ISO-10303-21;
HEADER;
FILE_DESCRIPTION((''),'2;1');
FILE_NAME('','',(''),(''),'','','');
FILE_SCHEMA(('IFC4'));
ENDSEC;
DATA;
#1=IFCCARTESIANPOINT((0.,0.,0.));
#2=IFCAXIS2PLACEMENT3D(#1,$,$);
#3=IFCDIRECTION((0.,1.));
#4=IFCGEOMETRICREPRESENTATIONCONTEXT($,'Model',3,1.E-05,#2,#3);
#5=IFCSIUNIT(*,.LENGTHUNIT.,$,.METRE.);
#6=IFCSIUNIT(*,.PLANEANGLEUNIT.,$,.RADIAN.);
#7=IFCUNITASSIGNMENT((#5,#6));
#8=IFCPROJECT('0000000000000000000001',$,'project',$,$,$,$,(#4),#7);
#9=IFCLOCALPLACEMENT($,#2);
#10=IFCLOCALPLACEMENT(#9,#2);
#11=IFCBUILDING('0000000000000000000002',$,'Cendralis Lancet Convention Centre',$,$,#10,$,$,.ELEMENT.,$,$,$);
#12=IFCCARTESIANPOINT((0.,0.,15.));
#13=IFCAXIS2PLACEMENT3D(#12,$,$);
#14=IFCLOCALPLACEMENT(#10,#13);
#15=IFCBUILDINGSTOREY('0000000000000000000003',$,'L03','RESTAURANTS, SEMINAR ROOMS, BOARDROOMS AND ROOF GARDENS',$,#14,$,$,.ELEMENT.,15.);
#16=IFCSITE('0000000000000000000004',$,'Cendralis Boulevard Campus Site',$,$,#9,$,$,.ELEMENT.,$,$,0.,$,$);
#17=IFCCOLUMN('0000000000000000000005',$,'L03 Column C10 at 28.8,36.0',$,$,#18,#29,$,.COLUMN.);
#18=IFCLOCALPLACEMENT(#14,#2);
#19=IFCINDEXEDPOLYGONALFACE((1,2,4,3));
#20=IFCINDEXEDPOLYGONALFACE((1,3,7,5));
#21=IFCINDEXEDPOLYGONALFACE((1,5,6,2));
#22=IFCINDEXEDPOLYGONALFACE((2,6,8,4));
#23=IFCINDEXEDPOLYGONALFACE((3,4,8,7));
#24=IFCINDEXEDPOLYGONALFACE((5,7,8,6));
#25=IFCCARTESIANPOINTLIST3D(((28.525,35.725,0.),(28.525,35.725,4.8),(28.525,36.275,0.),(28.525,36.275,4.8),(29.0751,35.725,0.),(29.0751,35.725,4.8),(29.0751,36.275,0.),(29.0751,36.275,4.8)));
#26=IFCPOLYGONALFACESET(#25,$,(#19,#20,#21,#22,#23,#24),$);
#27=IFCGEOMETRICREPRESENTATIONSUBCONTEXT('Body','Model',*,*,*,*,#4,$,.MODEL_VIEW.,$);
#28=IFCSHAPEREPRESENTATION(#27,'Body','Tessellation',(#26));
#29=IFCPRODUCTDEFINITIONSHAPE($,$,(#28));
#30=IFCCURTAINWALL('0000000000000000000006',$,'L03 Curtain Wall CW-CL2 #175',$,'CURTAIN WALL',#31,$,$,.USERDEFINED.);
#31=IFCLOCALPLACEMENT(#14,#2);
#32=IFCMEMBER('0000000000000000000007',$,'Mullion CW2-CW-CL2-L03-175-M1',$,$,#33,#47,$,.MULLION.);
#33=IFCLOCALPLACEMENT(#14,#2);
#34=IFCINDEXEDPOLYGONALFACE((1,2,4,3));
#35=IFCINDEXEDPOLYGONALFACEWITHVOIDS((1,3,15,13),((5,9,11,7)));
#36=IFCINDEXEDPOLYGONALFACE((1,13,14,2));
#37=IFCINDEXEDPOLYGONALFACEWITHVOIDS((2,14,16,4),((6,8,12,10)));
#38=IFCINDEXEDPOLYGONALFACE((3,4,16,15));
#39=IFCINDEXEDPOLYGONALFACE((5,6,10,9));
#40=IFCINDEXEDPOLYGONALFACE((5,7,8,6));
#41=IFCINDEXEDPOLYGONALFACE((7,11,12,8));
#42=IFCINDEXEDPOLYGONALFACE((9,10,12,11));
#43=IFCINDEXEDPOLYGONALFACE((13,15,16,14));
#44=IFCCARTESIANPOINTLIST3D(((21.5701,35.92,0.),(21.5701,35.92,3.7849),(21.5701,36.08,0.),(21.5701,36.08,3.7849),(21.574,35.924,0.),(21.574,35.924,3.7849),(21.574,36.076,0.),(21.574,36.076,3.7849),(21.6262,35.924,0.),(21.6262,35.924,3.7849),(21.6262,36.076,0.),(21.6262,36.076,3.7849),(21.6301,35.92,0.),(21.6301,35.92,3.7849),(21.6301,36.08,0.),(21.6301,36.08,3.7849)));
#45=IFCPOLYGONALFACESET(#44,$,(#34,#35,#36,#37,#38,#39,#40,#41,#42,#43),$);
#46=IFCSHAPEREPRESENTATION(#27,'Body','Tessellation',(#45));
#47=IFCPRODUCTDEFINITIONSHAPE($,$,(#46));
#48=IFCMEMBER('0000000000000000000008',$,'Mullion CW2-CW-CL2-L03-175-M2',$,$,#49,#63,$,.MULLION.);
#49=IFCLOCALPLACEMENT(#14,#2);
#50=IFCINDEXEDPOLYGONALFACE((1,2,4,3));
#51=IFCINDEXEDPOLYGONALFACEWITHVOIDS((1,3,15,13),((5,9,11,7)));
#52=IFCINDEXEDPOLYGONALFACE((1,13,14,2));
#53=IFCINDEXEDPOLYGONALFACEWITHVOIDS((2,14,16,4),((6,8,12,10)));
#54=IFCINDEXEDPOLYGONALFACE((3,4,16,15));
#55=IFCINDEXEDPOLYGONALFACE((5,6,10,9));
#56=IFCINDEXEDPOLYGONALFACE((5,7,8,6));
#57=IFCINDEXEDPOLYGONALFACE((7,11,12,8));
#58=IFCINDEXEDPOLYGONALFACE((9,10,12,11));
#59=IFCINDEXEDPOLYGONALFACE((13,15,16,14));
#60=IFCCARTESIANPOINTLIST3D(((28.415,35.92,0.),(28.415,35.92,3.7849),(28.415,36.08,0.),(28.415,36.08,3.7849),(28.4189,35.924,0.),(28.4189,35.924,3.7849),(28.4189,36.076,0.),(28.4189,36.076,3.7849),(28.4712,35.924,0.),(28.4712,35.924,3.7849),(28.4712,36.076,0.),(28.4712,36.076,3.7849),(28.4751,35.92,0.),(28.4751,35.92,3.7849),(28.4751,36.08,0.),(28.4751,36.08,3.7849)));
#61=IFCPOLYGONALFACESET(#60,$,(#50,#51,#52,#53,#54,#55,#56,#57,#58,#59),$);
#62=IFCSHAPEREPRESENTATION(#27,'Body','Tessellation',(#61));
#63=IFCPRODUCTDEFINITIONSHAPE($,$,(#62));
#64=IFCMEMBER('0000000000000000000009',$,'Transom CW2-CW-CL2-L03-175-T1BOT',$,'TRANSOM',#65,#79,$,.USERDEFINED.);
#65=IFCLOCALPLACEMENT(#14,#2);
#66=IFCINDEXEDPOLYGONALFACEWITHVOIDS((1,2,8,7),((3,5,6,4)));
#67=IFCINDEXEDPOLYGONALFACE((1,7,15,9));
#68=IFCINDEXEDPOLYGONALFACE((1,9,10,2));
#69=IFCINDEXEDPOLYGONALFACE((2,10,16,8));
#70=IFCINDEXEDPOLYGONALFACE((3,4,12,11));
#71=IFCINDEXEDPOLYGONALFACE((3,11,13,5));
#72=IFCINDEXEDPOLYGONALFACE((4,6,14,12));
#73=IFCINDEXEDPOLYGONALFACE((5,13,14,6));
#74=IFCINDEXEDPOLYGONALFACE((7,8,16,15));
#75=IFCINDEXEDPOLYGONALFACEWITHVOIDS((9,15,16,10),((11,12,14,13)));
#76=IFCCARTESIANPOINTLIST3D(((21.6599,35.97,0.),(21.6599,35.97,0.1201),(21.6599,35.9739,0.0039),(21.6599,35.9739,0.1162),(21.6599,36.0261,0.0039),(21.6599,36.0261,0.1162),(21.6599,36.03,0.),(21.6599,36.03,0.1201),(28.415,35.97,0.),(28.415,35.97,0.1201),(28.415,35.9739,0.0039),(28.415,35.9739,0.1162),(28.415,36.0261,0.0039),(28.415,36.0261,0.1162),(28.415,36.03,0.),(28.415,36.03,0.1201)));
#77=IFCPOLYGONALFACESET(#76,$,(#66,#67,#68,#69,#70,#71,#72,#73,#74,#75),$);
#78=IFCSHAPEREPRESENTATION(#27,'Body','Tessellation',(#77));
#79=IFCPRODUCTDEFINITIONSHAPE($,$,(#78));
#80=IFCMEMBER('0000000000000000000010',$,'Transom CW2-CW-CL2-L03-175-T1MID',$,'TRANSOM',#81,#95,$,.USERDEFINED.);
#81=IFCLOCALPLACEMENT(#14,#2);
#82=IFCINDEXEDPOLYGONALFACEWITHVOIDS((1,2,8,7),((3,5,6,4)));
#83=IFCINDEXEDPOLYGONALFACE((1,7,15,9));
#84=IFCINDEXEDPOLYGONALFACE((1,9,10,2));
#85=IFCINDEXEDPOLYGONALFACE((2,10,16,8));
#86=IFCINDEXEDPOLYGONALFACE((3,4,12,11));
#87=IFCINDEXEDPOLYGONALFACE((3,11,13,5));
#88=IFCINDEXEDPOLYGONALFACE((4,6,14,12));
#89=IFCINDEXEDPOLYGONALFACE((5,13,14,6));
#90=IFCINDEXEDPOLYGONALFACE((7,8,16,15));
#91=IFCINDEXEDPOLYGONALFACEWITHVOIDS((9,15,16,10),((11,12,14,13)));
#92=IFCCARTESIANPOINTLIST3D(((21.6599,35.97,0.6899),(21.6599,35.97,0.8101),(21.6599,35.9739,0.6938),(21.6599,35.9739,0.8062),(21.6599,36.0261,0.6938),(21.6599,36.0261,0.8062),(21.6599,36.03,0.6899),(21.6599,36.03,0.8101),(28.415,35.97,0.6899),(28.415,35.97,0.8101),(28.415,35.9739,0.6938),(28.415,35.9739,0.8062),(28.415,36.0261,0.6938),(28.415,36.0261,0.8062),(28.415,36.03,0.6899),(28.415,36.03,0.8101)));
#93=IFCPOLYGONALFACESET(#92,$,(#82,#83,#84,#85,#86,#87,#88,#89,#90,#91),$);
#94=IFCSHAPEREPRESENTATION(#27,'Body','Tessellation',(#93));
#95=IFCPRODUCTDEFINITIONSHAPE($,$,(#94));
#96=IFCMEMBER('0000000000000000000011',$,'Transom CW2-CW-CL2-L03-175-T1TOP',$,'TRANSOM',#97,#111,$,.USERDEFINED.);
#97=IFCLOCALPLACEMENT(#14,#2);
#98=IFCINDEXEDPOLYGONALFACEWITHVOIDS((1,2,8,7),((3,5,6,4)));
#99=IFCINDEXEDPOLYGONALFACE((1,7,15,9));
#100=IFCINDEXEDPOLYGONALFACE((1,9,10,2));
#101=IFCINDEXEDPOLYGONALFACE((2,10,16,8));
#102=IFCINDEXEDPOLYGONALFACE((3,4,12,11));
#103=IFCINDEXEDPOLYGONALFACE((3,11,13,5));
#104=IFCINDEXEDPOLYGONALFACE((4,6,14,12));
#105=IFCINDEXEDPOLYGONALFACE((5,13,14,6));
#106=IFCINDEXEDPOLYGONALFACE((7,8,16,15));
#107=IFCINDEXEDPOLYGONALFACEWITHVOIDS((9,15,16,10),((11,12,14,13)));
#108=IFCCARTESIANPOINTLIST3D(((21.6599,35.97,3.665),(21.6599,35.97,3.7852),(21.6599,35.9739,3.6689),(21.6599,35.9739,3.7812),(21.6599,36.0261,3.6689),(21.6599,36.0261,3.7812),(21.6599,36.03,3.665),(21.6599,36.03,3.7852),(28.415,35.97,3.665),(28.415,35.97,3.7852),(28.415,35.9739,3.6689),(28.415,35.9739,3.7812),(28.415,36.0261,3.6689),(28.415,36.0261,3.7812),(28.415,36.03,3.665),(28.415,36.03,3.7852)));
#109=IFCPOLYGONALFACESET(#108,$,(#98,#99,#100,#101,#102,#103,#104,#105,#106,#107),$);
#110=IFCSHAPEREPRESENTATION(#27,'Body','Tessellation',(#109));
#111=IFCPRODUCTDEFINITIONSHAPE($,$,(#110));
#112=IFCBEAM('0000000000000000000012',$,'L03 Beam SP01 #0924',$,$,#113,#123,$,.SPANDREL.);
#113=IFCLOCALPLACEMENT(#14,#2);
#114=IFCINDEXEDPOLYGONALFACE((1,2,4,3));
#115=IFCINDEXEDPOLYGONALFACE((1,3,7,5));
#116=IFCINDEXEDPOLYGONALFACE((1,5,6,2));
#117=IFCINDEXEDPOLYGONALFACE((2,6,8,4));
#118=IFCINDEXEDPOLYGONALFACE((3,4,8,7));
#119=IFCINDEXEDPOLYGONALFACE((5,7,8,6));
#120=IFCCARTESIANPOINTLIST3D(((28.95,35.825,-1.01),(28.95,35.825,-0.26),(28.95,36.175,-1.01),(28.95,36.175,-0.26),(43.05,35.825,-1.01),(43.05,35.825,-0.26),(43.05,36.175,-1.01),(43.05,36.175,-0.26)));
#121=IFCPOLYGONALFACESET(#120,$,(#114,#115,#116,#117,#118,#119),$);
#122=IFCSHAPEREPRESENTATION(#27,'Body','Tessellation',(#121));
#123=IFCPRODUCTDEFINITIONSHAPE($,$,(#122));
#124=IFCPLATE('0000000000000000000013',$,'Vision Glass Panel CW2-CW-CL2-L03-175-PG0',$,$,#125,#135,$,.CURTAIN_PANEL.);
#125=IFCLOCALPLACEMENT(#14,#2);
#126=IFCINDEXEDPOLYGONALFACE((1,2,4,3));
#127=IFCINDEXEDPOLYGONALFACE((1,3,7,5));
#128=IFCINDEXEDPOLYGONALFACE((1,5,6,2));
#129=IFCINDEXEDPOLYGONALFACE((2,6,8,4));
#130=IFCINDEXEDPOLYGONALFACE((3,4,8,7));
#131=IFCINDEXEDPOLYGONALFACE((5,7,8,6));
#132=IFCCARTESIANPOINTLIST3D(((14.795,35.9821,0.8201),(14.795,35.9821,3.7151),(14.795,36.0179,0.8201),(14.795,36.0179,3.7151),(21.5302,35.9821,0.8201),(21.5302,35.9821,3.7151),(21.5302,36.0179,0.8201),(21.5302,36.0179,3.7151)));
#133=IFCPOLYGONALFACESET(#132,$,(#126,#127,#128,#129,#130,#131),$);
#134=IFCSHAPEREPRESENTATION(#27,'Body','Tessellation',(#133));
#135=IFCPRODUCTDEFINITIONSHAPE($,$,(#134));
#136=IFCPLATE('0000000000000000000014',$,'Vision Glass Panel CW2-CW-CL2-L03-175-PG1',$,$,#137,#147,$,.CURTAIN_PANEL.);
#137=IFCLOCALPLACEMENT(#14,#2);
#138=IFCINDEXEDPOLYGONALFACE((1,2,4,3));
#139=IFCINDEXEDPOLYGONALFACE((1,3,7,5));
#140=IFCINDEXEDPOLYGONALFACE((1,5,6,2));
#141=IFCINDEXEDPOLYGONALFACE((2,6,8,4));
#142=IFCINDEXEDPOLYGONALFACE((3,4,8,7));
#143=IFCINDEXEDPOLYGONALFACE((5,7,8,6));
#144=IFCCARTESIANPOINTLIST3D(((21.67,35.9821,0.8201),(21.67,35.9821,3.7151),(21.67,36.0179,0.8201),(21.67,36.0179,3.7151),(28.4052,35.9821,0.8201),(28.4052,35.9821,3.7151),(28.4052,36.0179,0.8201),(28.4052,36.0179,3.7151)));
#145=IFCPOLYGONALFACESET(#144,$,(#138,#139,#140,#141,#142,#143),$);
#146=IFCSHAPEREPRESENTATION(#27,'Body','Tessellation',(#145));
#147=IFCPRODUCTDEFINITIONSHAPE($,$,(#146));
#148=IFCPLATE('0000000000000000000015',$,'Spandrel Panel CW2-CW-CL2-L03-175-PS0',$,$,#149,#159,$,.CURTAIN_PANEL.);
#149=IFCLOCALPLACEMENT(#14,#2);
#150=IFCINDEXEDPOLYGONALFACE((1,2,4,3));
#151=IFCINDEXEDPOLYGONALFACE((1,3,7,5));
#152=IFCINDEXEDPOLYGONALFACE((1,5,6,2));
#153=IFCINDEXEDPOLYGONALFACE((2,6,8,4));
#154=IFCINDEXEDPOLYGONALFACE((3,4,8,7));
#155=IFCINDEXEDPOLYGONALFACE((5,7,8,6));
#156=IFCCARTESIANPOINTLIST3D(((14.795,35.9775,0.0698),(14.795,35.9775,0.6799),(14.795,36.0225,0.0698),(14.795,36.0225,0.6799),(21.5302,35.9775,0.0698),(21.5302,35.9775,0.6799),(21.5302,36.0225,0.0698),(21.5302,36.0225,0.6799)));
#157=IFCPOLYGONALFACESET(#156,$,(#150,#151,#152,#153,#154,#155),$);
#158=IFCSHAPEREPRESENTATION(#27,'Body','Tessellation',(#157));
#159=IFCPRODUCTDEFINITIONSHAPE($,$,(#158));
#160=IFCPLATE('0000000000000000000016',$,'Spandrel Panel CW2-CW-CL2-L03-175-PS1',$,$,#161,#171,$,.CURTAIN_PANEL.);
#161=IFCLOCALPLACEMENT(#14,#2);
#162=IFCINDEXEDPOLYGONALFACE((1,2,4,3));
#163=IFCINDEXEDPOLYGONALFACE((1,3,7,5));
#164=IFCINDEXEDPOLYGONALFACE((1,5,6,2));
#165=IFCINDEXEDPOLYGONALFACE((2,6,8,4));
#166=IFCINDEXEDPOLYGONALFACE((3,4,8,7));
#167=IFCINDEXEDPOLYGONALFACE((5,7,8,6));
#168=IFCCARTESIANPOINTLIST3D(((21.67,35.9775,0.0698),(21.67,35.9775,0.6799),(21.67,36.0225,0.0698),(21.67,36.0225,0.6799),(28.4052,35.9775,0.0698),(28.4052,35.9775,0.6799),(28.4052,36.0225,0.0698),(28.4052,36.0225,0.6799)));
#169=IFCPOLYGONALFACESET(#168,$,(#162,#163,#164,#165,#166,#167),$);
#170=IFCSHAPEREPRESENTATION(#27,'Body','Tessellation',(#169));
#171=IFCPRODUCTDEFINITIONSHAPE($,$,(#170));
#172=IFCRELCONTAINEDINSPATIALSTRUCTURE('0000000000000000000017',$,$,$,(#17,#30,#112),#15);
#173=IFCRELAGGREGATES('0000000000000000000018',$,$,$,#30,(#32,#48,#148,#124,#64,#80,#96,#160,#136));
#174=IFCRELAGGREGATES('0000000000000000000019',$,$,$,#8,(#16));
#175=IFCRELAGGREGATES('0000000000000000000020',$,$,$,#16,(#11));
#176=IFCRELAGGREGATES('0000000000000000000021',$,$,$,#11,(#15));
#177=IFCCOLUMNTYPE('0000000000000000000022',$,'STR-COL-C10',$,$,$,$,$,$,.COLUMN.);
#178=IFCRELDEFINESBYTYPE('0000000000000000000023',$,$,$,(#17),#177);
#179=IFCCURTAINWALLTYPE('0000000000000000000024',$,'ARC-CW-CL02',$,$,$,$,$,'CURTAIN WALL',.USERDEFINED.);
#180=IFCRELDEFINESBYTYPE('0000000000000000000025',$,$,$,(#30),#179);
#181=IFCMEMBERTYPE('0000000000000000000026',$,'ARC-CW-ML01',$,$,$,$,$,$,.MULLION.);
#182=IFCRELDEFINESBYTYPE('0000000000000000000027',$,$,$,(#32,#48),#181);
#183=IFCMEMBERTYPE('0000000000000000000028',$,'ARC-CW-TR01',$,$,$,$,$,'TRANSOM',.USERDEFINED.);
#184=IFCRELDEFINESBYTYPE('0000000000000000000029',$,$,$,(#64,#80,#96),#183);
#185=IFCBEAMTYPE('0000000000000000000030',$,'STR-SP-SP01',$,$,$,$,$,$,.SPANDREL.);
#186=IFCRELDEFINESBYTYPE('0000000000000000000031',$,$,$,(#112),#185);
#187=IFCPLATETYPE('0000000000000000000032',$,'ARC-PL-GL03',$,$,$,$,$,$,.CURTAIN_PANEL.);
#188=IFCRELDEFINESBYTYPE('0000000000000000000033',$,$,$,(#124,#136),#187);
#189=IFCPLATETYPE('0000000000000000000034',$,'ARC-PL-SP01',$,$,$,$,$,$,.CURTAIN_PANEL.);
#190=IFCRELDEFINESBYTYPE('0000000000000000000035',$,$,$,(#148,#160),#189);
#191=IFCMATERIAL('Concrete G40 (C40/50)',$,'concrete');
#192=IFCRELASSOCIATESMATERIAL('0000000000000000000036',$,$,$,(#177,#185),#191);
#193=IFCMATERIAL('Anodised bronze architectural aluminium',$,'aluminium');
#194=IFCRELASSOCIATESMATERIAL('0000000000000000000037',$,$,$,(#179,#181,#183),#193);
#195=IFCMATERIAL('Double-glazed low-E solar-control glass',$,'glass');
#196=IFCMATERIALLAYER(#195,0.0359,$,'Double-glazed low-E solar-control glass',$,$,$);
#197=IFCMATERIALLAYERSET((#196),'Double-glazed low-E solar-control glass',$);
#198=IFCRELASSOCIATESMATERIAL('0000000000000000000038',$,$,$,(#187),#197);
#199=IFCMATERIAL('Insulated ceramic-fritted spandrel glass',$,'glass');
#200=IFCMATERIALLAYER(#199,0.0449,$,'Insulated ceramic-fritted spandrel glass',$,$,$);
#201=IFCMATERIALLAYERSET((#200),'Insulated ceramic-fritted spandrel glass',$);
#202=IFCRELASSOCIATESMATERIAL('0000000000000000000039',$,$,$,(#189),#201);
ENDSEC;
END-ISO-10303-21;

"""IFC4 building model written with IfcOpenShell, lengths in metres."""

from ifc_helpers import new_model, si_unit, direction, frame, origin, origin_2d, place, context, subcontext, project, spatial, rectangle, hollow_rectangle, extrude, material, layer, layer_set, material_profile, profile_set, type_object, element, aggregate, save


model = new_model("IFC4")

# Units and contexts
model_context = context("Model", 3, precision=1e-05, world=origin(), true_north=direction((0.0, 1.0)))
body_context = subcontext(model_context, "Body", "Model", "MODEL_VIEW")
ifc_project = project(units=[si_unit("LENGTHUNIT", "METRE"), si_unit("PLANEANGLEUNIT", "RADIAN")], contexts=[model_context])

# Site, building, storey
site_placement = place(None, origin())
site = spatial("IfcSite", under=ifc_project, at=site_placement, Name="Cendralis Boulevard Campus Site", CompositionType="ELEMENT", RefElevation=0.0)
building_placement = place(site_placement, origin())
building = spatial("IfcBuilding", under=site, at=building_placement, Name="Cendralis Lancet Convention Centre", CompositionType="ELEMENT")
storey_placement = place(building_placement, frame((0.0, 0.0, 15.0)))
storey = spatial("IfcBuildingStorey", under=building, at=storey_placement, Name="L03", Description="RESTAURANTS, SEMINAR ROOMS, BOARDROOMS AND ROOF GARDENS", CompositionType="ELEMENT", Elevation=15.0)

# Column
ifc_material_1 = material(Name="Concrete G40 (C40/50)", Category="concrete")
ifc_material_profile_1 = material_profile(ifc_material_1, rectangle(XDim=0.55, YDim=0.55, at=origin_2d()), Name="RC 550x550")
ifc_profile_set_1 = profile_set([ifc_material_profile_1], Name="Concrete G40 (C40/50)")
column_type = type_object("IfcColumnType", Name="STR-COL-C10", PredefinedType="COLUMN", material=ifc_profile_set_1)
column_placement = place(storey_placement, frame((28.8, 36.0, 0.0), z_axis=(0.0, 0.0, 1.0), x_axis=(1.0, 0.0, 0.0)))
element("IfcColumn", 1, at=column_placement, inside=storey, type_object=column_type, Name="L03 Column C10 at 28.8,36.0", PredefinedType="COLUMN", context=body_context, shape_type="SweptSolid", body=[
    extrude(rectangle(XDim=0.55, YDim=0.55, at=origin_2d()), origin(), (0.0, 0.0, 1.0), 4.8),
])

# Curtain wall, members
ifc_material_2 = material(Name="Anodised bronze architectural aluminium", Category="aluminium")
curtain_wall_type = type_object("IfcCurtainWallType", Name="ARC-CW-CL02", ElementType="CURTAIN WALL", PredefinedType="USERDEFINED", material=ifc_material_2)
curtain_wall_placement = place(storey_placement, origin())
curtain_wall = element("IfcCurtainWall", 2, at=curtain_wall_placement, inside=storey, type_object=curtain_wall_type, Name="L03 Curtain Wall CW-CL2 #175", ObjectType="CURTAIN WALL", PredefinedType="USERDEFINED")
ifc_material_profile_2 = material_profile(ifc_material_2, hollow_rectangle(XDim=0.0601, YDim=0.1599, WallThickness=0.0039, at=origin_2d()), Name="AL-MULL 60x160x4.0")
ifc_profile_set_2 = profile_set([ifc_material_profile_2], Name="Anodised bronze architectural aluminium")
member_type_1 = type_object("IfcMemberType", Name="ARC-CW-ML01", PredefinedType="MULLION", material=ifc_profile_set_2)
member_1_placement = place(storey_placement, frame((21.6001, 36.0, 0.0), z_axis=(0.0, 0.0, 1.0), x_axis=(1.0, 0.0, 0.0)))
member_1 = element("IfcMember", 3, at=member_1_placement, type_object=member_type_1, Name="Mullion CW2-CW-CL2-L03-175-M1", PredefinedType="MULLION", context=body_context, shape_type="SweptSolid", body=[
    extrude(hollow_rectangle(XDim=0.0601, YDim=0.1599, WallThickness=0.0039, at=origin_2d()), origin(), (0.0, 0.0, 1.0), 3.7849),
])
member_2_placement = place(storey_placement, frame((28.4451, 36.0, 0.0), z_axis=(0.0, 0.0, 1.0), x_axis=(1.0, 0.0, 0.0)))
member_2 = element("IfcMember", 4, at=member_2_placement, type_object=member_type_1, Name="Mullion CW2-CW-CL2-L03-175-M2", PredefinedType="MULLION", context=body_context, shape_type="SweptSolid", body=[
    extrude(hollow_rectangle(XDim=0.0601, YDim=0.1599, WallThickness=0.0039, at=origin_2d()), origin(), (0.0, 0.0, 1.0), 3.7849),
])
ifc_material_profile_3 = material_profile(ifc_material_2, hollow_rectangle(XDim=0.0601, YDim=0.1201, WallThickness=0.0039, at=origin_2d()), Name="AL-TRAN 60x120x4.0")
ifc_profile_set_3 = profile_set([ifc_material_profile_3], Name="Anodised bronze architectural aluminium")
member_type_2 = type_object("IfcMemberType", Name="ARC-CW-TR01", ElementType="TRANSOM", PredefinedType="USERDEFINED", material=ifc_profile_set_3)
member_3_placement = place(storey_placement, frame((21.6599, 36.0, 0.0601), z_axis=(1.0, 0.0, 0.0), x_axis=(0.0, 1.0, 0.0)))
member_3 = element("IfcMember", 5, at=member_3_placement, type_object=member_type_2, Name="Transom CW2-CW-CL2-L03-175-T1BOT", ObjectType="TRANSOM", PredefinedType="USERDEFINED", context=body_context, shape_type="SweptSolid", body=[
    extrude(hollow_rectangle(XDim=0.0601, YDim=0.1201, WallThickness=0.0039, at=origin_2d()), origin(), (0.0, 0.0, 1.0), 6.7551),
])
member_4_placement = place(storey_placement, frame((21.6599, 36.0, 0.75), z_axis=(1.0, 0.0, 0.0), x_axis=(0.0, 1.0, 0.0)))
member_4 = element("IfcMember", 6, at=member_4_placement, type_object=member_type_2, Name="Transom CW2-CW-CL2-L03-175-T1MID", ObjectType="TRANSOM", PredefinedType="USERDEFINED", context=body_context, shape_type="SweptSolid", body=[
    extrude(hollow_rectangle(XDim=0.0601, YDim=0.1201, WallThickness=0.0039, at=origin_2d()), origin(), (0.0, 0.0, 1.0), 6.7551),
])
member_5_placement = place(storey_placement, frame((21.6599, 36.0, 3.7251), z_axis=(1.0, 0.0, 0.0), x_axis=(0.0, 1.0, 0.0)))
member_5 = element("IfcMember", 7, at=member_5_placement, type_object=member_type_2, Name="Transom CW2-CW-CL2-L03-175-T1TOP", ObjectType="TRANSOM", PredefinedType="USERDEFINED", context=body_context, shape_type="SweptSolid", body=[
    extrude(hollow_rectangle(XDim=0.0601, YDim=0.1201, WallThickness=0.0039, at=origin_2d()), origin(), (0.0, 0.0, 1.0), 6.7551),
])

# Beam
ifc_material_profile_4 = material_profile(ifc_material_1, rectangle(XDim=0.3501, YDim=0.75, at=origin_2d()), Name="RCB 350x750")
ifc_profile_set_4 = profile_set([ifc_material_profile_4], Name="Concrete G40 (C40/50)")
beam_type = type_object("IfcBeamType", Name="STR-SP-SP01", PredefinedType="SPANDREL", material=ifc_profile_set_4)
beam_placement = place(storey_placement, frame((28.95, 36.0, -0.635), z_axis=(1.0, 0.0, 0.0), x_axis=(0.0, 1.0, 0.0)))
element("IfcBeam", 8, at=beam_placement, inside=storey, type_object=beam_type, Name="L03 Beam SP01 #0924", PredefinedType="SPANDREL", context=body_context, shape_type="SweptSolid", body=[
    extrude(rectangle(XDim=0.3501, YDim=0.75, at=origin_2d()), origin(), (0.0, 0.0, 1.0), 14.1001),
])

# Plates
ifc_material_3 = material(Name="Double-glazed low-E solar-control glass", Category="glass")
ifc_layer_1 = layer(ifc_material_3, 0.0359, Name="Double-glazed low-E solar-control glass")
ifc_layer_set_1 = layer_set([ifc_layer_1], Name="Double-glazed low-E solar-control glass")
plate_type_1 = type_object("IfcPlateType", Name="ARC-PL-GL03", PredefinedType="CURTAIN_PANEL", material=ifc_layer_set_1)
plate_1_placement = place(storey_placement, frame((18.1626, 36.0, 0.8201), z_axis=(0.0, 0.0, 1.0), x_axis=(1.0, 0.0, 0.0)))
plate_1 = element("IfcPlate", 9, at=plate_1_placement, type_object=plate_type_1, Name="Vision Glass Panel CW2-CW-CL2-L03-175-PG0", PredefinedType="CURTAIN_PANEL", context=body_context, shape_type="SweptSolid", body=[
    extrude(rectangle(XDim=6.7351, YDim=0.0359, at=origin_2d()), origin(), (0.0, 0.0, 1.0), 2.895),
])
plate_2_placement = place(storey_placement, frame((25.0376, 36.0, 0.8201), z_axis=(0.0, 0.0, 1.0), x_axis=(1.0, 0.0, 0.0)))
plate_2 = element("IfcPlate", 10, at=plate_2_placement, type_object=plate_type_1, Name="Vision Glass Panel CW2-CW-CL2-L03-175-PG1", PredefinedType="CURTAIN_PANEL", context=body_context, shape_type="SweptSolid", body=[
    extrude(rectangle(XDim=6.7351, YDim=0.0359, at=origin_2d()), origin(), (0.0, 0.0, 1.0), 2.895),
])
ifc_material_4 = material(Name="Insulated ceramic-fritted spandrel glass", Category="glass")
ifc_layer_2 = layer(ifc_material_4, 0.0449, Name="Insulated ceramic-fritted spandrel glass")
ifc_layer_set_2 = layer_set([ifc_layer_2], Name="Insulated ceramic-fritted spandrel glass")
plate_type_2 = type_object("IfcPlateType", Name="ARC-PL-SP01", PredefinedType="CURTAIN_PANEL", material=ifc_layer_set_2)
plate_3_placement = place(storey_placement, frame((18.1626, 36.0, 0.0698), z_axis=(0.0, 0.0, 1.0), x_axis=(1.0, 0.0, 0.0)))
plate_3 = element("IfcPlate", 11, at=plate_3_placement, type_object=plate_type_2, Name="Spandrel Panel CW2-CW-CL2-L03-175-PS0", PredefinedType="CURTAIN_PANEL", context=body_context, shape_type="SweptSolid", body=[
    extrude(rectangle(XDim=6.7351, YDim=0.0449, at=origin_2d()), origin(), (0.0, 0.0, 1.0), 0.6101),
])
plate_4_placement = place(storey_placement, frame((25.0376, 36.0, 0.0698), z_axis=(0.0, 0.0, 1.0), x_axis=(1.0, 0.0, 0.0)))
plate_4 = element("IfcPlate", 12, at=plate_4_placement, type_object=plate_type_2, Name="Spandrel Panel CW2-CW-CL2-L03-175-PS1", PredefinedType="CURTAIN_PANEL", context=body_context, shape_type="SweptSolid", body=[
    extrude(rectangle(XDim=6.7351, YDim=0.0449, at=origin_2d()), origin(), (0.0, 0.0, 1.0), 0.6101),
])
aggregate(curtain_wall, [member_1, member_2, plate_3, plate_1, member_3, member_4, member_5, plate_4, plate_2])

save(model, "model.ifc")
